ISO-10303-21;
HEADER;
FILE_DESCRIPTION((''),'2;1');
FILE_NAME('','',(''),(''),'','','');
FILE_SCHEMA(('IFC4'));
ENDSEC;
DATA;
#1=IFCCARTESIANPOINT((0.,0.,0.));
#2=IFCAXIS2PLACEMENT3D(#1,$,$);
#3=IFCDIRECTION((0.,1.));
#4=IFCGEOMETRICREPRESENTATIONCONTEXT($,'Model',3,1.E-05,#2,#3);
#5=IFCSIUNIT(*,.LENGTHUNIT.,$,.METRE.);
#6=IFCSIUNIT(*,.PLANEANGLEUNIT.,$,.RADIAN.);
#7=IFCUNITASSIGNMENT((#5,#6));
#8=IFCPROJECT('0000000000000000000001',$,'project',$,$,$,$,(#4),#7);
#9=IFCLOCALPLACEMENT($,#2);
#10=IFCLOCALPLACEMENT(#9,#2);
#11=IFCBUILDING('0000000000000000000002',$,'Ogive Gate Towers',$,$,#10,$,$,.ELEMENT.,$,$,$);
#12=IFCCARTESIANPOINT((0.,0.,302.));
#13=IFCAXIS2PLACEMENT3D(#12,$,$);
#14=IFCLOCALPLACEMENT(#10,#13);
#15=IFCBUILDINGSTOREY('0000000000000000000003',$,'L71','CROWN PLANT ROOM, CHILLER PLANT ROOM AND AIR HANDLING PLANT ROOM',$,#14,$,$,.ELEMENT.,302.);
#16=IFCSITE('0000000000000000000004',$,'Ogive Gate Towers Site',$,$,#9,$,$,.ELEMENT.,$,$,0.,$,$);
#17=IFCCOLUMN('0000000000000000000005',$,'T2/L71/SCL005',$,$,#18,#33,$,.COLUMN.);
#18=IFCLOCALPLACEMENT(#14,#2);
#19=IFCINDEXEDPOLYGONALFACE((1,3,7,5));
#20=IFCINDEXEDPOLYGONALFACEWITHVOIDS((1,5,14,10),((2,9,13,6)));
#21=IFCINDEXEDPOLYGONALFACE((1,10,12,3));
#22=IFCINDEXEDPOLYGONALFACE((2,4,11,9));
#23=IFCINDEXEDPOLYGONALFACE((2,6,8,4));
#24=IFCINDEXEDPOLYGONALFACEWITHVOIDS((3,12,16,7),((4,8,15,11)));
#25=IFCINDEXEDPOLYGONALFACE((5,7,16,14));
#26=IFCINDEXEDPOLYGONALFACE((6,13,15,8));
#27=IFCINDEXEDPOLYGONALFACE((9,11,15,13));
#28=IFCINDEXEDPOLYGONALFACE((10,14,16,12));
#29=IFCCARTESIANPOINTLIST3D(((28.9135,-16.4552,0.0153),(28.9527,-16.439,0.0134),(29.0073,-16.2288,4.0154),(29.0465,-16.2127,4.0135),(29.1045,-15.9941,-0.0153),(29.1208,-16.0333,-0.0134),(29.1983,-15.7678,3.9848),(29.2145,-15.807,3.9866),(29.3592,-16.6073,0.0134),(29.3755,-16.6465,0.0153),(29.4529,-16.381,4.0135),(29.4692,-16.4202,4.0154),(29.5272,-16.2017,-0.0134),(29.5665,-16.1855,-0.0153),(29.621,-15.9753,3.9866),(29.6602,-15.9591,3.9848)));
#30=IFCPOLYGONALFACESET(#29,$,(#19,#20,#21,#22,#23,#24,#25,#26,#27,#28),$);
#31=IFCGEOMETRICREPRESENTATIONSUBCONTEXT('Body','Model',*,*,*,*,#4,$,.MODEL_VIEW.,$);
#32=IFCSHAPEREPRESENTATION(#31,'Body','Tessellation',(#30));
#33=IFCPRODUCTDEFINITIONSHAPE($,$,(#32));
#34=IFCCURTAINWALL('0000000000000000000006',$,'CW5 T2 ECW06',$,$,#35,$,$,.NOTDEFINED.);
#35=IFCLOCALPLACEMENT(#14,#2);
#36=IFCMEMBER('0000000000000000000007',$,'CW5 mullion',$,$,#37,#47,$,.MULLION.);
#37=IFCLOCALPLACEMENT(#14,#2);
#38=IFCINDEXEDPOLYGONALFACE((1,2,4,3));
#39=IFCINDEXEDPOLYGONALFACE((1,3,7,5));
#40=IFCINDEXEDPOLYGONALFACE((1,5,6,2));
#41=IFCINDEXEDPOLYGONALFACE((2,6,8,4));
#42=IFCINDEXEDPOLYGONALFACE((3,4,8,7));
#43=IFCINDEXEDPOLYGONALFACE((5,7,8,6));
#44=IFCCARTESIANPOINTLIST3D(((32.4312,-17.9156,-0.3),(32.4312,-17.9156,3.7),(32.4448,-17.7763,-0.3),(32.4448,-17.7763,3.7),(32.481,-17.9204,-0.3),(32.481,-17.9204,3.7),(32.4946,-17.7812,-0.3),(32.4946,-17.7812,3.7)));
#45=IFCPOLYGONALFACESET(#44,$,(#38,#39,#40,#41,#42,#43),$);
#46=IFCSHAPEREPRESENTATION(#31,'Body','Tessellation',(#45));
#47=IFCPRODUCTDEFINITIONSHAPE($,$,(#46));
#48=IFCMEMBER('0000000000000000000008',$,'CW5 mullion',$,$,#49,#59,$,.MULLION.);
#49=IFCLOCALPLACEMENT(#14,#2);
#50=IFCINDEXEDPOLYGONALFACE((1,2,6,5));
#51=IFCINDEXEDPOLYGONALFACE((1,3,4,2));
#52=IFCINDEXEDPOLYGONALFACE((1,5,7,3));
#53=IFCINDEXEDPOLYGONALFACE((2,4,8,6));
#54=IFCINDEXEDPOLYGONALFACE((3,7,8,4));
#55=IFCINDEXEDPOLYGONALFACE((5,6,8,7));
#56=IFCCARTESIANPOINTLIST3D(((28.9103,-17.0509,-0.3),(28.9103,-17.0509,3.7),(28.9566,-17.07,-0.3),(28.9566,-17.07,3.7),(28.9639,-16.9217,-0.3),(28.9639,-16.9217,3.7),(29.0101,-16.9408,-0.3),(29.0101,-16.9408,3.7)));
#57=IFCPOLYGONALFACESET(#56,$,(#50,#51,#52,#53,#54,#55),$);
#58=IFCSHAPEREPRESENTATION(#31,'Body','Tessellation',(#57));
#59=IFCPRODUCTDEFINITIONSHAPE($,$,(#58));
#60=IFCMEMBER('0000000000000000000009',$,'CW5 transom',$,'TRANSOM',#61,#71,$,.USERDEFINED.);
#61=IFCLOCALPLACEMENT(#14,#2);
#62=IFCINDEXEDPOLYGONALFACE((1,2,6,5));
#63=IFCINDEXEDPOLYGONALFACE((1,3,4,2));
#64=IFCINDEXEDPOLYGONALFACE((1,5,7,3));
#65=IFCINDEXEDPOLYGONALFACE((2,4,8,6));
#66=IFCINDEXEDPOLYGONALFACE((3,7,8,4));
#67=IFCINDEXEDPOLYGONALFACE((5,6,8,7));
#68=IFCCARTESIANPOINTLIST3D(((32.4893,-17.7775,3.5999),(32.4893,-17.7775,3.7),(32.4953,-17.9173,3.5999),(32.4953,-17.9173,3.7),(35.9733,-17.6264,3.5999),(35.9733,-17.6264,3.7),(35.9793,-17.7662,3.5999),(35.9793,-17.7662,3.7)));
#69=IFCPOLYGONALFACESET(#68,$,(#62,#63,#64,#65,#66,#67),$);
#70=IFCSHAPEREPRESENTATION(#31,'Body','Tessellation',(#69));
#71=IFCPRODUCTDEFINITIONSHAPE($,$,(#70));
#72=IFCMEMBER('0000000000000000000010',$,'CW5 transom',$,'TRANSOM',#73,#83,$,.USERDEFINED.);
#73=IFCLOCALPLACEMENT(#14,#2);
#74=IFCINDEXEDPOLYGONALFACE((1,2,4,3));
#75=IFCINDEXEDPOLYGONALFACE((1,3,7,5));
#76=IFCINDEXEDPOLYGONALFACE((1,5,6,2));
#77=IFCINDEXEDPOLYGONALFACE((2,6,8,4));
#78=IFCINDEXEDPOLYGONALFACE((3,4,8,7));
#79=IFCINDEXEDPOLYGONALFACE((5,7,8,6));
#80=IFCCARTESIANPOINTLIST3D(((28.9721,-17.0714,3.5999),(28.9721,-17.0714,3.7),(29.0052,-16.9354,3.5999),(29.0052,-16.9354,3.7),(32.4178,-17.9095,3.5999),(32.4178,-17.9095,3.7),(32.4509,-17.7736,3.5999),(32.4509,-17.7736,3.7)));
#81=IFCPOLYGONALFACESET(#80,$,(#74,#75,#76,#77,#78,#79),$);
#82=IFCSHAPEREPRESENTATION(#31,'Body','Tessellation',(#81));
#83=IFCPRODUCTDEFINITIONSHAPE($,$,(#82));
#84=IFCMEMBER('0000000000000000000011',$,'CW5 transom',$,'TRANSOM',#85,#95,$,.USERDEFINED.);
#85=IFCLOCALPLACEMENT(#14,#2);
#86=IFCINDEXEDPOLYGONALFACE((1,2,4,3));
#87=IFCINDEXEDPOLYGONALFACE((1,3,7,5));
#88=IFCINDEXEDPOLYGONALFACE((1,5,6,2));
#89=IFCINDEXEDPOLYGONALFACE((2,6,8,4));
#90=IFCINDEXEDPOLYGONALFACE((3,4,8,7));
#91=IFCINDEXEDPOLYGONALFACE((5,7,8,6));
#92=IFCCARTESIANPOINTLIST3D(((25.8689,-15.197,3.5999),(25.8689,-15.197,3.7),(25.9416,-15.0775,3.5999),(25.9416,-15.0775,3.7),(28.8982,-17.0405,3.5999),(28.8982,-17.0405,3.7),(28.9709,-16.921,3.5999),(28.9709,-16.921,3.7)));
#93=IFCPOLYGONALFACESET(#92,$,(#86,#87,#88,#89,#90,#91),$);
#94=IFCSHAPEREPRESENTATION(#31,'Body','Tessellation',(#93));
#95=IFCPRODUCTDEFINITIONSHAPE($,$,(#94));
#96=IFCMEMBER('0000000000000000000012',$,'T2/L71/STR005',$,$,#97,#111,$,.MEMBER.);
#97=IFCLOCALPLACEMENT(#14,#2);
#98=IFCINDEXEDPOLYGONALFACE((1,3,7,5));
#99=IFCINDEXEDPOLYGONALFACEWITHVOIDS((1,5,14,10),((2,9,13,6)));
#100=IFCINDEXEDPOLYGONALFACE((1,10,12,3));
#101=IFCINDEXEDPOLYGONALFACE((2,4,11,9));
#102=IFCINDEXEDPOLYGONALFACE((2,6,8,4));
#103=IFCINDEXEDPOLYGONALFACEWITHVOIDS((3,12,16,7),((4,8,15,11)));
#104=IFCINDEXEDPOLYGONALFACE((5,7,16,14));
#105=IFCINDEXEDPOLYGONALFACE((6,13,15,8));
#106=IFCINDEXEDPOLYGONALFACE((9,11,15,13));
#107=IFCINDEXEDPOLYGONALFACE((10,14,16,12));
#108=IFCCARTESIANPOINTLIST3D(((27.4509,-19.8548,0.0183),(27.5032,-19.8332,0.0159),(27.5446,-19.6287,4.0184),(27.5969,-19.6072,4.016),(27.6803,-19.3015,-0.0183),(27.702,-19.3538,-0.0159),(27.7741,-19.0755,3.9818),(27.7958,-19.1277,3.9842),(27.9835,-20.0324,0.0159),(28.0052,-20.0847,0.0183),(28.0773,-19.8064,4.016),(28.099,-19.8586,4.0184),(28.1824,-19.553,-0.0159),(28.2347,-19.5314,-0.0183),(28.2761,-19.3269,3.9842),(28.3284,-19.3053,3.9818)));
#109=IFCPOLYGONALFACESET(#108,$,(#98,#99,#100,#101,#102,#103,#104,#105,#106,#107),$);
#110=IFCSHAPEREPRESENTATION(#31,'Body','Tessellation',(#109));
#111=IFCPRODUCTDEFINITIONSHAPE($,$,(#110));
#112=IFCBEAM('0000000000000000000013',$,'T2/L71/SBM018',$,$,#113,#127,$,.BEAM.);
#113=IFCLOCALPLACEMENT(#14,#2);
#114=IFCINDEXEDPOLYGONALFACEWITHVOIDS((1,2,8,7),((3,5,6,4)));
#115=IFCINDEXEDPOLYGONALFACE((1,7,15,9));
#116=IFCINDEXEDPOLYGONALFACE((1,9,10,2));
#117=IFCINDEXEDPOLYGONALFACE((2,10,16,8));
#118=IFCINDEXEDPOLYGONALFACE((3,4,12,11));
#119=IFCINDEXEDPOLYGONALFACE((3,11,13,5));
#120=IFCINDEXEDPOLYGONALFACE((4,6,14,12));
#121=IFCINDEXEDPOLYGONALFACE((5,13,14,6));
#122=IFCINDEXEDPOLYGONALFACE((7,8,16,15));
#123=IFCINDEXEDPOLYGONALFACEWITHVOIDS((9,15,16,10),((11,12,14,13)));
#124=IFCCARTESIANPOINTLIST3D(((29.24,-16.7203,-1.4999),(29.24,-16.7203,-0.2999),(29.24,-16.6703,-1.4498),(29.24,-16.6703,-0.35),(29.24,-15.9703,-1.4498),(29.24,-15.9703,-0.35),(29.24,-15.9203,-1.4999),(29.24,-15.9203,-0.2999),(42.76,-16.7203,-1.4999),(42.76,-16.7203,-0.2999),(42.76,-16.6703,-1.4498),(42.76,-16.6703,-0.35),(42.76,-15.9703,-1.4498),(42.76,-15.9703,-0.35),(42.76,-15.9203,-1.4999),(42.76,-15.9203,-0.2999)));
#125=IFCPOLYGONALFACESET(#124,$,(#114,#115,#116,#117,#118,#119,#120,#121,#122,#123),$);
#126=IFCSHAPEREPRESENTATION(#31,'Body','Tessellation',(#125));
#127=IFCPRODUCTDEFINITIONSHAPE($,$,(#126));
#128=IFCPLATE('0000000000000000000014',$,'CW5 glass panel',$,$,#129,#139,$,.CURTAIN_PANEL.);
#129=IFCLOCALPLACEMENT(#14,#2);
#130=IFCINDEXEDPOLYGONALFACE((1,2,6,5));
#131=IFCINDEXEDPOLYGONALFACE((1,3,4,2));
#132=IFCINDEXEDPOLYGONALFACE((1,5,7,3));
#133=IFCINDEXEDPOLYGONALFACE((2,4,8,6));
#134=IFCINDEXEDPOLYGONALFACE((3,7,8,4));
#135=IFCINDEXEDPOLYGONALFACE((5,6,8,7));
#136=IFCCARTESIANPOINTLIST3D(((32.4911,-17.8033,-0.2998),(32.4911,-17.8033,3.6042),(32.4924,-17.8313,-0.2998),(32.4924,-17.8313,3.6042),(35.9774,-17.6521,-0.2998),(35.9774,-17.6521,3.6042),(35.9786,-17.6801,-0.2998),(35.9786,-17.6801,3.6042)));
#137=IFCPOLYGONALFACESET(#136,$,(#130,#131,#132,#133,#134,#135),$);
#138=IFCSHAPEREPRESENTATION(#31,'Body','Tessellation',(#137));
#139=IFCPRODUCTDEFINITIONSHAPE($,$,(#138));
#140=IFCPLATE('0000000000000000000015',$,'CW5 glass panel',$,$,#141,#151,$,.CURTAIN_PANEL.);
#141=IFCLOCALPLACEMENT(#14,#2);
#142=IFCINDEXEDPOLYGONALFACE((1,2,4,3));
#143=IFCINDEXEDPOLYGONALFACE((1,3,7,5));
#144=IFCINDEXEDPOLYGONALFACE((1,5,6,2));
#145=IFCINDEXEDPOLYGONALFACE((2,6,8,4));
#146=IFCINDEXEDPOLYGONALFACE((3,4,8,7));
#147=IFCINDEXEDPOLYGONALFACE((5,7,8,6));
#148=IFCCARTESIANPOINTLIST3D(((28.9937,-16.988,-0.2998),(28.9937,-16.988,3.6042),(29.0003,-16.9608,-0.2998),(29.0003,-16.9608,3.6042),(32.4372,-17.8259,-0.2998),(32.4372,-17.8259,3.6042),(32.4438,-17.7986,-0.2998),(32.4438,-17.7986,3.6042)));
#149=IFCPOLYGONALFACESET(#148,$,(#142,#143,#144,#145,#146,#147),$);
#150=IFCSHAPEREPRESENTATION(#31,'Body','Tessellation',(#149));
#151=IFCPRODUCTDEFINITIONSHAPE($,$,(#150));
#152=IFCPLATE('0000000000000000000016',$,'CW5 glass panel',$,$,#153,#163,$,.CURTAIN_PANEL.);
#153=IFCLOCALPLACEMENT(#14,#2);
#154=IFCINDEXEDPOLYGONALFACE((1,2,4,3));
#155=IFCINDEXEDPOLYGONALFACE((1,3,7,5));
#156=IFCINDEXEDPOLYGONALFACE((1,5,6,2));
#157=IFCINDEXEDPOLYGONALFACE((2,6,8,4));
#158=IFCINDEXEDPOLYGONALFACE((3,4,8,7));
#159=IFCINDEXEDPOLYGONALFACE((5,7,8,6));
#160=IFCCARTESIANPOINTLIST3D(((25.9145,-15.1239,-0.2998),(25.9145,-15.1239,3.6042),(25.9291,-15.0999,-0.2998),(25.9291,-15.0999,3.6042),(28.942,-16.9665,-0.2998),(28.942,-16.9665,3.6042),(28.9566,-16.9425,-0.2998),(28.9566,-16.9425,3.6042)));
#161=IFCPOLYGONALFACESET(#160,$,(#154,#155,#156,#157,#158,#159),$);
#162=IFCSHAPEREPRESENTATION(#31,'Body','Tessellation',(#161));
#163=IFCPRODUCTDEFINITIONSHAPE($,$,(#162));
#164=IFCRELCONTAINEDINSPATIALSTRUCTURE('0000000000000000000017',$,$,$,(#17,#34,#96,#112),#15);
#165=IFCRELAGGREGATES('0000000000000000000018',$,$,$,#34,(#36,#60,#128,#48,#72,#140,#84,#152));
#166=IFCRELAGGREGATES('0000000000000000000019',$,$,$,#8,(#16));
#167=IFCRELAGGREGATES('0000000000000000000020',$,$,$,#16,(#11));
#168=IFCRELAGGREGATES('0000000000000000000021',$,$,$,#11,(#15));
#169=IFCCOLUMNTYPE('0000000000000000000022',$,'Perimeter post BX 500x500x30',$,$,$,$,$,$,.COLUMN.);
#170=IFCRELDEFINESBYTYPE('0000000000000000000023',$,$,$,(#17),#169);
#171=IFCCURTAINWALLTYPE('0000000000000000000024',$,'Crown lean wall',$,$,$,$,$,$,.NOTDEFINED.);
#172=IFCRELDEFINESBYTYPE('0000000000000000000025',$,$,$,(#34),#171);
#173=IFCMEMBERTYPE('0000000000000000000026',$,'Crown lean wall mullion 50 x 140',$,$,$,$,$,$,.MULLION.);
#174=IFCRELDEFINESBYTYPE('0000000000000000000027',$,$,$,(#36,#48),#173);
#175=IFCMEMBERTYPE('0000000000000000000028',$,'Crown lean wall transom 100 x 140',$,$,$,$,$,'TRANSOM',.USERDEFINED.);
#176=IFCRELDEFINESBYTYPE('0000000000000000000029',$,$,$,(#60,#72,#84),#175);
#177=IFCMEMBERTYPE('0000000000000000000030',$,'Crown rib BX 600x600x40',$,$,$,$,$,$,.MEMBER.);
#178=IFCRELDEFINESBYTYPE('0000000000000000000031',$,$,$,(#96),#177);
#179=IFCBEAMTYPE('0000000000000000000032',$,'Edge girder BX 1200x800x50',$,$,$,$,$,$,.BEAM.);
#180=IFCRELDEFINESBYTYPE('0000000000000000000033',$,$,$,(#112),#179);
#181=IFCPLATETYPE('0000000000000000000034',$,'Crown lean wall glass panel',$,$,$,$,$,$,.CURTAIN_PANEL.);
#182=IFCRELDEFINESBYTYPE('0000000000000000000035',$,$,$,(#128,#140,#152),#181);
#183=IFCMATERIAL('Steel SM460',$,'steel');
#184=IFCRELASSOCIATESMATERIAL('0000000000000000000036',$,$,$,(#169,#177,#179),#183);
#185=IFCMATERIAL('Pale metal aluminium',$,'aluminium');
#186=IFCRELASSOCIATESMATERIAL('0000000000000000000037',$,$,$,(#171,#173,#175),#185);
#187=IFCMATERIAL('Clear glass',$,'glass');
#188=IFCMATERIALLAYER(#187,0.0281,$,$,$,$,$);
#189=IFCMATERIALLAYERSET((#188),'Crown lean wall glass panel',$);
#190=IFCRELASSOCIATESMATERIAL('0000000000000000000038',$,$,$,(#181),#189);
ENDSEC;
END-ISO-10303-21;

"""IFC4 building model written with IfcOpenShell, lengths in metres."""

from ifc_helpers import new_model, si_unit, direction, frame, origin, origin_2d, place, context, subcontext, project, spatial, rectangle, hollow_rectangle, extrude, material, layer, layer_set, material_profile, profile_set, type_object, element, aggregate, save


model = new_model("IFC4")

# Units and contexts
model_context = context("Model", 3, precision=1e-05, world=origin(), true_north=direction((0.0, 1.0)))
body_context = subcontext(model_context, "Body", "Model", "MODEL_VIEW")
ifc_project = project(units=[si_unit("LENGTHUNIT", "METRE"), si_unit("PLANEANGLEUNIT", "RADIAN")], contexts=[model_context])

# Site, building, storey
site_placement = place(None, origin())
site = spatial("IfcSite", under=ifc_project, at=site_placement, Name="Ogive Gate Towers Site", CompositionType="ELEMENT", RefElevation=0.0)
building_placement = place(site_placement, origin())
building = spatial("IfcBuilding", under=site, at=building_placement, Name="Ogive Gate Towers", CompositionType="ELEMENT")
storey_placement = place(building_placement, frame((0.0, 0.0, 302.0)))
storey = spatial("IfcBuildingStorey", under=building, at=storey_placement, Name="L71", Description="CROWN PLANT ROOM, CHILLER PLANT ROOM AND AIR HANDLING PLANT ROOM", CompositionType="ELEMENT", Elevation=302.0)

# Column
ifc_material_1 = material(Name="Steel SM460", Category="steel")
ifc_material_profile_1 = material_profile(ifc_material_1, hollow_rectangle(XDim=0.5, YDim=0.5, WallThickness=0.03, at=origin_2d()), Name="BX 500x500x30")
ifc_profile_set_1 = profile_set([ifc_material_profile_1], Name="Steel SM460")
column_type = type_object("IfcColumnType", Name="Perimeter post BX 500x500x30", PredefinedType="COLUMN", material=ifc_profile_set_1)
column_placement = place(storey_placement, frame((29.24, -16.3203, 0.0), z_axis=(0.023394, 0.056474, 0.99813), x_axis=(-0.923871, 0.382704, 0.0)))
element("IfcColumn", 1, at=column_placement, inside=storey, type_object=column_type, Name="T2/L71/SCL005", PredefinedType="COLUMN", context=body_context, shape_type="SweptSolid", body=[
    extrude(hollow_rectangle(XDim=0.5, YDim=0.5, WallThickness=0.03, at=origin_2d()), origin(), (0.0, 0.0, 1.0), 4.0076),
])

# Curtain wall, members
ifc_material_2 = material(Name="Pale metal aluminium", Category="aluminium")
curtain_wall_type = type_object("IfcCurtainWallType", Name="Crown lean wall", PredefinedType="NOTDEFINED", material=ifc_material_2)
curtain_wall_placement = place(storey_placement, origin())
curtain_wall = element("IfcCurtainWall", 2, at=curtain_wall_placement, inside=storey, type_object=curtain_wall_type, Name="CW5 T2 ECW06", PredefinedType="NOTDEFINED")
ifc_material_profile_2 = material_profile(ifc_material_2, rectangle(XDim=0.1399, YDim=0.05, at=origin_2d()), Name="50 x 140 aluminium box")
ifc_profile_set_2 = profile_set([ifc_material_profile_2], Name="Pale metal aluminium")
member_type_1 = type_object("IfcMemberType", Name="Crown lean wall mullion 50 x 140", PredefinedType="MULLION", material=ifc_profile_set_2)
member_1_placement = place(storey_placement, frame((32.4629, -17.8484, -0.3), z_axis=(0.0, 0.0, 1.0), x_axis=(0.097513, 0.995234, 0.0)))
member_1 = element("IfcMember", 3, at=member_1_placement, type_object=member_type_1, Name="CW5 mullion", PredefinedType="MULLION", context=body_context, shape_type="SweptSolid", body=[
    extrude(rectangle(XDim=0.1399, YDim=0.05, at=origin_2d()), origin(), (0.0, 0.0, 1.0), 4.0),
])
member_2_placement = place(storey_placement, frame((28.9602, -16.9958, -0.3), z_axis=(0.0, 0.0, 1.0), x_axis=(0.382683, 0.92388, 0.0)))
member_2 = element("IfcMember", 4, at=member_2_placement, type_object=member_type_1, Name="CW5 mullion", PredefinedType="MULLION", context=body_context, shape_type="SweptSolid", body=[
    extrude(rectangle(XDim=0.1399, YDim=0.05, at=origin_2d()), origin(), (0.0, 0.0, 1.0), 4.0),
])
ifc_material_profile_3 = material_profile(ifc_material_2, rectangle(XDim=0.1399, YDim=0.1001, at=origin_2d()), Name="100 x 140 aluminium box")
ifc_profile_set_3 = profile_set([ifc_material_profile_3], Name="Pale metal aluminium")
member_type_2 = type_object("IfcMemberType", Name="Crown lean wall transom 100 x 140", ElementType="TRANSOM", PredefinedType="USERDEFINED", material=ifc_profile_set_3)
member_3_placement = place(storey_placement, frame((35.9763, -17.6963, 3.6499), z_axis=(-0.999061, -0.043334, 0.0), x_axis=(0.043334, -0.999061, 0.0)))
member_3 = element("IfcMember", 5, at=member_3_placement, type_object=member_type_2, Name="CW5 transom", ObjectType="TRANSOM", PredefinedType="USERDEFINED", context=body_context, shape_type="SweptSolid", body=[
    extrude(rectangle(XDim=0.1399, YDim=0.1001, at=origin_2d()), origin(), (0.0, 0.0, 1.0), 3.4873),
])
member_4_placement = place(storey_placement, frame((32.4343, -17.8416, 3.6499), z_axis=(-0.971666, 0.236359, 0.0), x_axis=(-0.236359, -0.971666, 0.0)))
member_4 = element("IfcMember", 6, at=member_4_placement, type_object=member_type_2, Name="CW5 transom", ObjectType="TRANSOM", PredefinedType="USERDEFINED", context=body_context, shape_type="SweptSolid", body=[
    extrude(rectangle(XDim=0.1399, YDim=0.1001, at=origin_2d()), origin(), (0.0, 0.0, 1.0), 3.5461),
])
member_5_placement = place(storey_placement, frame((28.9346, -16.9807, 3.6499), z_axis=(-0.85425, 0.519862, 0.0), x_axis=(-0.519862, -0.85425, 0.0)))
member_5 = element("IfcMember", 7, at=member_5_placement, type_object=member_type_2, Name="CW5 transom", ObjectType="TRANSOM", PredefinedType="USERDEFINED", context=body_context, shape_type="SweptSolid", body=[
    extrude(rectangle(XDim=0.1399, YDim=0.1001, at=origin_2d()), origin(), (0.0, 0.0, 1.0), 3.5461),
])

# Member
ifc_material_profile_4 = material_profile(ifc_material_1, hollow_rectangle(XDim=0.6001, YDim=0.6001, WallThickness=0.04, at=origin_2d()), Name="BX 600x600x40")
ifc_profile_set_4 = profile_set([ifc_material_profile_4], Name="Steel SM460")
member_type_3 = type_object("IfcMemberType", Name="Crown rib BX 600x600x40", PredefinedType="MEMBER", material=ifc_profile_set_4)
member_6_placement = place(storey_placement, frame((27.8428, -19.6931, 0.0), z_axis=(0.023394, 0.056413, 0.998133), x_axis=(-0.923725, 0.383057, 0.0)))
element("IfcMember", 8, at=member_6_placement, inside=storey, type_object=member_type_3, Name="T2/L71/STR005", PredefinedType="MEMBER", context=body_context, shape_type="SweptSolid", body=[
    extrude(hollow_rectangle(XDim=0.6001, YDim=0.6001, WallThickness=0.04, at=origin_2d()), origin(), (0.0, 0.0, 1.0), 4.0076),
])

# Beam
ifc_material_profile_5 = material_profile(ifc_material_1, hollow_rectangle(XDim=0.8, YDim=1.2, WallThickness=0.05, at=origin_2d()), Name="BX 1200x800x50")
ifc_profile_set_5 = profile_set([ifc_material_profile_5], Name="Steel SM460")
beam_type = type_object("IfcBeamType", Name="Edge girder BX 1200x800x50", PredefinedType="BEAM", material=ifc_profile_set_5)
beam_placement = place(storey_placement, frame((29.24, -16.3203, -0.8999), z_axis=(1.0, 0.0, 0.0), x_axis=(0.0, 1.0, 0.0)))
element("IfcBeam", 9, at=beam_placement, inside=storey, type_object=beam_type, Name="T2/L71/SBM018", PredefinedType="BEAM", context=body_context, shape_type="SweptSolid", body=[
    extrude(hollow_rectangle(XDim=0.8, YDim=1.2, WallThickness=0.05, at=origin_2d()), origin(), (0.0, 0.0, 1.0), 13.52),
])

# Plates
ifc_material_3 = material(Name="Clear glass", Category="glass")
ifc_layer = layer(ifc_material_3, 0.0281)
ifc_layer_set = layer_set([ifc_layer], Name="Crown lean wall glass panel")
plate_type = type_object("IfcPlateType", Name="Crown lean wall glass panel", PredefinedType="CURTAIN_PANEL", material=ifc_layer_set)
plate_1_placement = place(storey_placement, frame((34.2349, -17.7417, -0.2998), z_axis=(0.0, 0.0, 1.0), x_axis=(-0.99906, -0.04334, 0.0)))
plate_1 = element("IfcPlate", 10, at=plate_1_placement, type_object=plate_type, Name="CW5 glass panel", PredefinedType="CURTAIN_PANEL", context=body_context, shape_type="SweptSolid", body=[
    extrude(rectangle(XDim=3.4895, YDim=0.0281, at=origin_2d()), origin(), (0.0, 0.0, 1.0), 3.9041),
])
plate_2_placement = place(storey_placement, frame((30.7188, -17.3933, -0.2998), z_axis=(0.0, 0.0, 1.0), x_axis=(-0.971652, 0.236414, 0.0)))
plate_2 = element("IfcPlate", 11, at=plate_2_placement, type_object=plate_type, Name="CW5 glass panel", PredefinedType="CURTAIN_PANEL", context=body_context, shape_type="SweptSolid", body=[
    extrude(rectangle(XDim=3.5439, YDim=0.0281, at=origin_2d()), origin(), (0.0, 0.0, 1.0), 3.9041),
])
plate_3_placement = place(storey_placement, frame((27.4355, -16.0332, -0.2998), z_axis=(0.0, 0.0, 1.0), x_axis=(-0.854232, 0.519892, 0.0)))
plate_3 = element("IfcPlate", 12, at=plate_3_placement, type_object=plate_type, Name="CW5 glass panel", PredefinedType="CURTAIN_PANEL", context=body_context, shape_type="SweptSolid", body=[
    extrude(rectangle(XDim=3.5442, YDim=0.0281, at=origin_2d()), origin(), (0.0, 0.0, 1.0), 3.9041),
])
aggregate(curtain_wall, [member_1, member_3, plate_1, member_2, member_4, plate_2, member_5, plate_3])

save(model, "model.ifc")
